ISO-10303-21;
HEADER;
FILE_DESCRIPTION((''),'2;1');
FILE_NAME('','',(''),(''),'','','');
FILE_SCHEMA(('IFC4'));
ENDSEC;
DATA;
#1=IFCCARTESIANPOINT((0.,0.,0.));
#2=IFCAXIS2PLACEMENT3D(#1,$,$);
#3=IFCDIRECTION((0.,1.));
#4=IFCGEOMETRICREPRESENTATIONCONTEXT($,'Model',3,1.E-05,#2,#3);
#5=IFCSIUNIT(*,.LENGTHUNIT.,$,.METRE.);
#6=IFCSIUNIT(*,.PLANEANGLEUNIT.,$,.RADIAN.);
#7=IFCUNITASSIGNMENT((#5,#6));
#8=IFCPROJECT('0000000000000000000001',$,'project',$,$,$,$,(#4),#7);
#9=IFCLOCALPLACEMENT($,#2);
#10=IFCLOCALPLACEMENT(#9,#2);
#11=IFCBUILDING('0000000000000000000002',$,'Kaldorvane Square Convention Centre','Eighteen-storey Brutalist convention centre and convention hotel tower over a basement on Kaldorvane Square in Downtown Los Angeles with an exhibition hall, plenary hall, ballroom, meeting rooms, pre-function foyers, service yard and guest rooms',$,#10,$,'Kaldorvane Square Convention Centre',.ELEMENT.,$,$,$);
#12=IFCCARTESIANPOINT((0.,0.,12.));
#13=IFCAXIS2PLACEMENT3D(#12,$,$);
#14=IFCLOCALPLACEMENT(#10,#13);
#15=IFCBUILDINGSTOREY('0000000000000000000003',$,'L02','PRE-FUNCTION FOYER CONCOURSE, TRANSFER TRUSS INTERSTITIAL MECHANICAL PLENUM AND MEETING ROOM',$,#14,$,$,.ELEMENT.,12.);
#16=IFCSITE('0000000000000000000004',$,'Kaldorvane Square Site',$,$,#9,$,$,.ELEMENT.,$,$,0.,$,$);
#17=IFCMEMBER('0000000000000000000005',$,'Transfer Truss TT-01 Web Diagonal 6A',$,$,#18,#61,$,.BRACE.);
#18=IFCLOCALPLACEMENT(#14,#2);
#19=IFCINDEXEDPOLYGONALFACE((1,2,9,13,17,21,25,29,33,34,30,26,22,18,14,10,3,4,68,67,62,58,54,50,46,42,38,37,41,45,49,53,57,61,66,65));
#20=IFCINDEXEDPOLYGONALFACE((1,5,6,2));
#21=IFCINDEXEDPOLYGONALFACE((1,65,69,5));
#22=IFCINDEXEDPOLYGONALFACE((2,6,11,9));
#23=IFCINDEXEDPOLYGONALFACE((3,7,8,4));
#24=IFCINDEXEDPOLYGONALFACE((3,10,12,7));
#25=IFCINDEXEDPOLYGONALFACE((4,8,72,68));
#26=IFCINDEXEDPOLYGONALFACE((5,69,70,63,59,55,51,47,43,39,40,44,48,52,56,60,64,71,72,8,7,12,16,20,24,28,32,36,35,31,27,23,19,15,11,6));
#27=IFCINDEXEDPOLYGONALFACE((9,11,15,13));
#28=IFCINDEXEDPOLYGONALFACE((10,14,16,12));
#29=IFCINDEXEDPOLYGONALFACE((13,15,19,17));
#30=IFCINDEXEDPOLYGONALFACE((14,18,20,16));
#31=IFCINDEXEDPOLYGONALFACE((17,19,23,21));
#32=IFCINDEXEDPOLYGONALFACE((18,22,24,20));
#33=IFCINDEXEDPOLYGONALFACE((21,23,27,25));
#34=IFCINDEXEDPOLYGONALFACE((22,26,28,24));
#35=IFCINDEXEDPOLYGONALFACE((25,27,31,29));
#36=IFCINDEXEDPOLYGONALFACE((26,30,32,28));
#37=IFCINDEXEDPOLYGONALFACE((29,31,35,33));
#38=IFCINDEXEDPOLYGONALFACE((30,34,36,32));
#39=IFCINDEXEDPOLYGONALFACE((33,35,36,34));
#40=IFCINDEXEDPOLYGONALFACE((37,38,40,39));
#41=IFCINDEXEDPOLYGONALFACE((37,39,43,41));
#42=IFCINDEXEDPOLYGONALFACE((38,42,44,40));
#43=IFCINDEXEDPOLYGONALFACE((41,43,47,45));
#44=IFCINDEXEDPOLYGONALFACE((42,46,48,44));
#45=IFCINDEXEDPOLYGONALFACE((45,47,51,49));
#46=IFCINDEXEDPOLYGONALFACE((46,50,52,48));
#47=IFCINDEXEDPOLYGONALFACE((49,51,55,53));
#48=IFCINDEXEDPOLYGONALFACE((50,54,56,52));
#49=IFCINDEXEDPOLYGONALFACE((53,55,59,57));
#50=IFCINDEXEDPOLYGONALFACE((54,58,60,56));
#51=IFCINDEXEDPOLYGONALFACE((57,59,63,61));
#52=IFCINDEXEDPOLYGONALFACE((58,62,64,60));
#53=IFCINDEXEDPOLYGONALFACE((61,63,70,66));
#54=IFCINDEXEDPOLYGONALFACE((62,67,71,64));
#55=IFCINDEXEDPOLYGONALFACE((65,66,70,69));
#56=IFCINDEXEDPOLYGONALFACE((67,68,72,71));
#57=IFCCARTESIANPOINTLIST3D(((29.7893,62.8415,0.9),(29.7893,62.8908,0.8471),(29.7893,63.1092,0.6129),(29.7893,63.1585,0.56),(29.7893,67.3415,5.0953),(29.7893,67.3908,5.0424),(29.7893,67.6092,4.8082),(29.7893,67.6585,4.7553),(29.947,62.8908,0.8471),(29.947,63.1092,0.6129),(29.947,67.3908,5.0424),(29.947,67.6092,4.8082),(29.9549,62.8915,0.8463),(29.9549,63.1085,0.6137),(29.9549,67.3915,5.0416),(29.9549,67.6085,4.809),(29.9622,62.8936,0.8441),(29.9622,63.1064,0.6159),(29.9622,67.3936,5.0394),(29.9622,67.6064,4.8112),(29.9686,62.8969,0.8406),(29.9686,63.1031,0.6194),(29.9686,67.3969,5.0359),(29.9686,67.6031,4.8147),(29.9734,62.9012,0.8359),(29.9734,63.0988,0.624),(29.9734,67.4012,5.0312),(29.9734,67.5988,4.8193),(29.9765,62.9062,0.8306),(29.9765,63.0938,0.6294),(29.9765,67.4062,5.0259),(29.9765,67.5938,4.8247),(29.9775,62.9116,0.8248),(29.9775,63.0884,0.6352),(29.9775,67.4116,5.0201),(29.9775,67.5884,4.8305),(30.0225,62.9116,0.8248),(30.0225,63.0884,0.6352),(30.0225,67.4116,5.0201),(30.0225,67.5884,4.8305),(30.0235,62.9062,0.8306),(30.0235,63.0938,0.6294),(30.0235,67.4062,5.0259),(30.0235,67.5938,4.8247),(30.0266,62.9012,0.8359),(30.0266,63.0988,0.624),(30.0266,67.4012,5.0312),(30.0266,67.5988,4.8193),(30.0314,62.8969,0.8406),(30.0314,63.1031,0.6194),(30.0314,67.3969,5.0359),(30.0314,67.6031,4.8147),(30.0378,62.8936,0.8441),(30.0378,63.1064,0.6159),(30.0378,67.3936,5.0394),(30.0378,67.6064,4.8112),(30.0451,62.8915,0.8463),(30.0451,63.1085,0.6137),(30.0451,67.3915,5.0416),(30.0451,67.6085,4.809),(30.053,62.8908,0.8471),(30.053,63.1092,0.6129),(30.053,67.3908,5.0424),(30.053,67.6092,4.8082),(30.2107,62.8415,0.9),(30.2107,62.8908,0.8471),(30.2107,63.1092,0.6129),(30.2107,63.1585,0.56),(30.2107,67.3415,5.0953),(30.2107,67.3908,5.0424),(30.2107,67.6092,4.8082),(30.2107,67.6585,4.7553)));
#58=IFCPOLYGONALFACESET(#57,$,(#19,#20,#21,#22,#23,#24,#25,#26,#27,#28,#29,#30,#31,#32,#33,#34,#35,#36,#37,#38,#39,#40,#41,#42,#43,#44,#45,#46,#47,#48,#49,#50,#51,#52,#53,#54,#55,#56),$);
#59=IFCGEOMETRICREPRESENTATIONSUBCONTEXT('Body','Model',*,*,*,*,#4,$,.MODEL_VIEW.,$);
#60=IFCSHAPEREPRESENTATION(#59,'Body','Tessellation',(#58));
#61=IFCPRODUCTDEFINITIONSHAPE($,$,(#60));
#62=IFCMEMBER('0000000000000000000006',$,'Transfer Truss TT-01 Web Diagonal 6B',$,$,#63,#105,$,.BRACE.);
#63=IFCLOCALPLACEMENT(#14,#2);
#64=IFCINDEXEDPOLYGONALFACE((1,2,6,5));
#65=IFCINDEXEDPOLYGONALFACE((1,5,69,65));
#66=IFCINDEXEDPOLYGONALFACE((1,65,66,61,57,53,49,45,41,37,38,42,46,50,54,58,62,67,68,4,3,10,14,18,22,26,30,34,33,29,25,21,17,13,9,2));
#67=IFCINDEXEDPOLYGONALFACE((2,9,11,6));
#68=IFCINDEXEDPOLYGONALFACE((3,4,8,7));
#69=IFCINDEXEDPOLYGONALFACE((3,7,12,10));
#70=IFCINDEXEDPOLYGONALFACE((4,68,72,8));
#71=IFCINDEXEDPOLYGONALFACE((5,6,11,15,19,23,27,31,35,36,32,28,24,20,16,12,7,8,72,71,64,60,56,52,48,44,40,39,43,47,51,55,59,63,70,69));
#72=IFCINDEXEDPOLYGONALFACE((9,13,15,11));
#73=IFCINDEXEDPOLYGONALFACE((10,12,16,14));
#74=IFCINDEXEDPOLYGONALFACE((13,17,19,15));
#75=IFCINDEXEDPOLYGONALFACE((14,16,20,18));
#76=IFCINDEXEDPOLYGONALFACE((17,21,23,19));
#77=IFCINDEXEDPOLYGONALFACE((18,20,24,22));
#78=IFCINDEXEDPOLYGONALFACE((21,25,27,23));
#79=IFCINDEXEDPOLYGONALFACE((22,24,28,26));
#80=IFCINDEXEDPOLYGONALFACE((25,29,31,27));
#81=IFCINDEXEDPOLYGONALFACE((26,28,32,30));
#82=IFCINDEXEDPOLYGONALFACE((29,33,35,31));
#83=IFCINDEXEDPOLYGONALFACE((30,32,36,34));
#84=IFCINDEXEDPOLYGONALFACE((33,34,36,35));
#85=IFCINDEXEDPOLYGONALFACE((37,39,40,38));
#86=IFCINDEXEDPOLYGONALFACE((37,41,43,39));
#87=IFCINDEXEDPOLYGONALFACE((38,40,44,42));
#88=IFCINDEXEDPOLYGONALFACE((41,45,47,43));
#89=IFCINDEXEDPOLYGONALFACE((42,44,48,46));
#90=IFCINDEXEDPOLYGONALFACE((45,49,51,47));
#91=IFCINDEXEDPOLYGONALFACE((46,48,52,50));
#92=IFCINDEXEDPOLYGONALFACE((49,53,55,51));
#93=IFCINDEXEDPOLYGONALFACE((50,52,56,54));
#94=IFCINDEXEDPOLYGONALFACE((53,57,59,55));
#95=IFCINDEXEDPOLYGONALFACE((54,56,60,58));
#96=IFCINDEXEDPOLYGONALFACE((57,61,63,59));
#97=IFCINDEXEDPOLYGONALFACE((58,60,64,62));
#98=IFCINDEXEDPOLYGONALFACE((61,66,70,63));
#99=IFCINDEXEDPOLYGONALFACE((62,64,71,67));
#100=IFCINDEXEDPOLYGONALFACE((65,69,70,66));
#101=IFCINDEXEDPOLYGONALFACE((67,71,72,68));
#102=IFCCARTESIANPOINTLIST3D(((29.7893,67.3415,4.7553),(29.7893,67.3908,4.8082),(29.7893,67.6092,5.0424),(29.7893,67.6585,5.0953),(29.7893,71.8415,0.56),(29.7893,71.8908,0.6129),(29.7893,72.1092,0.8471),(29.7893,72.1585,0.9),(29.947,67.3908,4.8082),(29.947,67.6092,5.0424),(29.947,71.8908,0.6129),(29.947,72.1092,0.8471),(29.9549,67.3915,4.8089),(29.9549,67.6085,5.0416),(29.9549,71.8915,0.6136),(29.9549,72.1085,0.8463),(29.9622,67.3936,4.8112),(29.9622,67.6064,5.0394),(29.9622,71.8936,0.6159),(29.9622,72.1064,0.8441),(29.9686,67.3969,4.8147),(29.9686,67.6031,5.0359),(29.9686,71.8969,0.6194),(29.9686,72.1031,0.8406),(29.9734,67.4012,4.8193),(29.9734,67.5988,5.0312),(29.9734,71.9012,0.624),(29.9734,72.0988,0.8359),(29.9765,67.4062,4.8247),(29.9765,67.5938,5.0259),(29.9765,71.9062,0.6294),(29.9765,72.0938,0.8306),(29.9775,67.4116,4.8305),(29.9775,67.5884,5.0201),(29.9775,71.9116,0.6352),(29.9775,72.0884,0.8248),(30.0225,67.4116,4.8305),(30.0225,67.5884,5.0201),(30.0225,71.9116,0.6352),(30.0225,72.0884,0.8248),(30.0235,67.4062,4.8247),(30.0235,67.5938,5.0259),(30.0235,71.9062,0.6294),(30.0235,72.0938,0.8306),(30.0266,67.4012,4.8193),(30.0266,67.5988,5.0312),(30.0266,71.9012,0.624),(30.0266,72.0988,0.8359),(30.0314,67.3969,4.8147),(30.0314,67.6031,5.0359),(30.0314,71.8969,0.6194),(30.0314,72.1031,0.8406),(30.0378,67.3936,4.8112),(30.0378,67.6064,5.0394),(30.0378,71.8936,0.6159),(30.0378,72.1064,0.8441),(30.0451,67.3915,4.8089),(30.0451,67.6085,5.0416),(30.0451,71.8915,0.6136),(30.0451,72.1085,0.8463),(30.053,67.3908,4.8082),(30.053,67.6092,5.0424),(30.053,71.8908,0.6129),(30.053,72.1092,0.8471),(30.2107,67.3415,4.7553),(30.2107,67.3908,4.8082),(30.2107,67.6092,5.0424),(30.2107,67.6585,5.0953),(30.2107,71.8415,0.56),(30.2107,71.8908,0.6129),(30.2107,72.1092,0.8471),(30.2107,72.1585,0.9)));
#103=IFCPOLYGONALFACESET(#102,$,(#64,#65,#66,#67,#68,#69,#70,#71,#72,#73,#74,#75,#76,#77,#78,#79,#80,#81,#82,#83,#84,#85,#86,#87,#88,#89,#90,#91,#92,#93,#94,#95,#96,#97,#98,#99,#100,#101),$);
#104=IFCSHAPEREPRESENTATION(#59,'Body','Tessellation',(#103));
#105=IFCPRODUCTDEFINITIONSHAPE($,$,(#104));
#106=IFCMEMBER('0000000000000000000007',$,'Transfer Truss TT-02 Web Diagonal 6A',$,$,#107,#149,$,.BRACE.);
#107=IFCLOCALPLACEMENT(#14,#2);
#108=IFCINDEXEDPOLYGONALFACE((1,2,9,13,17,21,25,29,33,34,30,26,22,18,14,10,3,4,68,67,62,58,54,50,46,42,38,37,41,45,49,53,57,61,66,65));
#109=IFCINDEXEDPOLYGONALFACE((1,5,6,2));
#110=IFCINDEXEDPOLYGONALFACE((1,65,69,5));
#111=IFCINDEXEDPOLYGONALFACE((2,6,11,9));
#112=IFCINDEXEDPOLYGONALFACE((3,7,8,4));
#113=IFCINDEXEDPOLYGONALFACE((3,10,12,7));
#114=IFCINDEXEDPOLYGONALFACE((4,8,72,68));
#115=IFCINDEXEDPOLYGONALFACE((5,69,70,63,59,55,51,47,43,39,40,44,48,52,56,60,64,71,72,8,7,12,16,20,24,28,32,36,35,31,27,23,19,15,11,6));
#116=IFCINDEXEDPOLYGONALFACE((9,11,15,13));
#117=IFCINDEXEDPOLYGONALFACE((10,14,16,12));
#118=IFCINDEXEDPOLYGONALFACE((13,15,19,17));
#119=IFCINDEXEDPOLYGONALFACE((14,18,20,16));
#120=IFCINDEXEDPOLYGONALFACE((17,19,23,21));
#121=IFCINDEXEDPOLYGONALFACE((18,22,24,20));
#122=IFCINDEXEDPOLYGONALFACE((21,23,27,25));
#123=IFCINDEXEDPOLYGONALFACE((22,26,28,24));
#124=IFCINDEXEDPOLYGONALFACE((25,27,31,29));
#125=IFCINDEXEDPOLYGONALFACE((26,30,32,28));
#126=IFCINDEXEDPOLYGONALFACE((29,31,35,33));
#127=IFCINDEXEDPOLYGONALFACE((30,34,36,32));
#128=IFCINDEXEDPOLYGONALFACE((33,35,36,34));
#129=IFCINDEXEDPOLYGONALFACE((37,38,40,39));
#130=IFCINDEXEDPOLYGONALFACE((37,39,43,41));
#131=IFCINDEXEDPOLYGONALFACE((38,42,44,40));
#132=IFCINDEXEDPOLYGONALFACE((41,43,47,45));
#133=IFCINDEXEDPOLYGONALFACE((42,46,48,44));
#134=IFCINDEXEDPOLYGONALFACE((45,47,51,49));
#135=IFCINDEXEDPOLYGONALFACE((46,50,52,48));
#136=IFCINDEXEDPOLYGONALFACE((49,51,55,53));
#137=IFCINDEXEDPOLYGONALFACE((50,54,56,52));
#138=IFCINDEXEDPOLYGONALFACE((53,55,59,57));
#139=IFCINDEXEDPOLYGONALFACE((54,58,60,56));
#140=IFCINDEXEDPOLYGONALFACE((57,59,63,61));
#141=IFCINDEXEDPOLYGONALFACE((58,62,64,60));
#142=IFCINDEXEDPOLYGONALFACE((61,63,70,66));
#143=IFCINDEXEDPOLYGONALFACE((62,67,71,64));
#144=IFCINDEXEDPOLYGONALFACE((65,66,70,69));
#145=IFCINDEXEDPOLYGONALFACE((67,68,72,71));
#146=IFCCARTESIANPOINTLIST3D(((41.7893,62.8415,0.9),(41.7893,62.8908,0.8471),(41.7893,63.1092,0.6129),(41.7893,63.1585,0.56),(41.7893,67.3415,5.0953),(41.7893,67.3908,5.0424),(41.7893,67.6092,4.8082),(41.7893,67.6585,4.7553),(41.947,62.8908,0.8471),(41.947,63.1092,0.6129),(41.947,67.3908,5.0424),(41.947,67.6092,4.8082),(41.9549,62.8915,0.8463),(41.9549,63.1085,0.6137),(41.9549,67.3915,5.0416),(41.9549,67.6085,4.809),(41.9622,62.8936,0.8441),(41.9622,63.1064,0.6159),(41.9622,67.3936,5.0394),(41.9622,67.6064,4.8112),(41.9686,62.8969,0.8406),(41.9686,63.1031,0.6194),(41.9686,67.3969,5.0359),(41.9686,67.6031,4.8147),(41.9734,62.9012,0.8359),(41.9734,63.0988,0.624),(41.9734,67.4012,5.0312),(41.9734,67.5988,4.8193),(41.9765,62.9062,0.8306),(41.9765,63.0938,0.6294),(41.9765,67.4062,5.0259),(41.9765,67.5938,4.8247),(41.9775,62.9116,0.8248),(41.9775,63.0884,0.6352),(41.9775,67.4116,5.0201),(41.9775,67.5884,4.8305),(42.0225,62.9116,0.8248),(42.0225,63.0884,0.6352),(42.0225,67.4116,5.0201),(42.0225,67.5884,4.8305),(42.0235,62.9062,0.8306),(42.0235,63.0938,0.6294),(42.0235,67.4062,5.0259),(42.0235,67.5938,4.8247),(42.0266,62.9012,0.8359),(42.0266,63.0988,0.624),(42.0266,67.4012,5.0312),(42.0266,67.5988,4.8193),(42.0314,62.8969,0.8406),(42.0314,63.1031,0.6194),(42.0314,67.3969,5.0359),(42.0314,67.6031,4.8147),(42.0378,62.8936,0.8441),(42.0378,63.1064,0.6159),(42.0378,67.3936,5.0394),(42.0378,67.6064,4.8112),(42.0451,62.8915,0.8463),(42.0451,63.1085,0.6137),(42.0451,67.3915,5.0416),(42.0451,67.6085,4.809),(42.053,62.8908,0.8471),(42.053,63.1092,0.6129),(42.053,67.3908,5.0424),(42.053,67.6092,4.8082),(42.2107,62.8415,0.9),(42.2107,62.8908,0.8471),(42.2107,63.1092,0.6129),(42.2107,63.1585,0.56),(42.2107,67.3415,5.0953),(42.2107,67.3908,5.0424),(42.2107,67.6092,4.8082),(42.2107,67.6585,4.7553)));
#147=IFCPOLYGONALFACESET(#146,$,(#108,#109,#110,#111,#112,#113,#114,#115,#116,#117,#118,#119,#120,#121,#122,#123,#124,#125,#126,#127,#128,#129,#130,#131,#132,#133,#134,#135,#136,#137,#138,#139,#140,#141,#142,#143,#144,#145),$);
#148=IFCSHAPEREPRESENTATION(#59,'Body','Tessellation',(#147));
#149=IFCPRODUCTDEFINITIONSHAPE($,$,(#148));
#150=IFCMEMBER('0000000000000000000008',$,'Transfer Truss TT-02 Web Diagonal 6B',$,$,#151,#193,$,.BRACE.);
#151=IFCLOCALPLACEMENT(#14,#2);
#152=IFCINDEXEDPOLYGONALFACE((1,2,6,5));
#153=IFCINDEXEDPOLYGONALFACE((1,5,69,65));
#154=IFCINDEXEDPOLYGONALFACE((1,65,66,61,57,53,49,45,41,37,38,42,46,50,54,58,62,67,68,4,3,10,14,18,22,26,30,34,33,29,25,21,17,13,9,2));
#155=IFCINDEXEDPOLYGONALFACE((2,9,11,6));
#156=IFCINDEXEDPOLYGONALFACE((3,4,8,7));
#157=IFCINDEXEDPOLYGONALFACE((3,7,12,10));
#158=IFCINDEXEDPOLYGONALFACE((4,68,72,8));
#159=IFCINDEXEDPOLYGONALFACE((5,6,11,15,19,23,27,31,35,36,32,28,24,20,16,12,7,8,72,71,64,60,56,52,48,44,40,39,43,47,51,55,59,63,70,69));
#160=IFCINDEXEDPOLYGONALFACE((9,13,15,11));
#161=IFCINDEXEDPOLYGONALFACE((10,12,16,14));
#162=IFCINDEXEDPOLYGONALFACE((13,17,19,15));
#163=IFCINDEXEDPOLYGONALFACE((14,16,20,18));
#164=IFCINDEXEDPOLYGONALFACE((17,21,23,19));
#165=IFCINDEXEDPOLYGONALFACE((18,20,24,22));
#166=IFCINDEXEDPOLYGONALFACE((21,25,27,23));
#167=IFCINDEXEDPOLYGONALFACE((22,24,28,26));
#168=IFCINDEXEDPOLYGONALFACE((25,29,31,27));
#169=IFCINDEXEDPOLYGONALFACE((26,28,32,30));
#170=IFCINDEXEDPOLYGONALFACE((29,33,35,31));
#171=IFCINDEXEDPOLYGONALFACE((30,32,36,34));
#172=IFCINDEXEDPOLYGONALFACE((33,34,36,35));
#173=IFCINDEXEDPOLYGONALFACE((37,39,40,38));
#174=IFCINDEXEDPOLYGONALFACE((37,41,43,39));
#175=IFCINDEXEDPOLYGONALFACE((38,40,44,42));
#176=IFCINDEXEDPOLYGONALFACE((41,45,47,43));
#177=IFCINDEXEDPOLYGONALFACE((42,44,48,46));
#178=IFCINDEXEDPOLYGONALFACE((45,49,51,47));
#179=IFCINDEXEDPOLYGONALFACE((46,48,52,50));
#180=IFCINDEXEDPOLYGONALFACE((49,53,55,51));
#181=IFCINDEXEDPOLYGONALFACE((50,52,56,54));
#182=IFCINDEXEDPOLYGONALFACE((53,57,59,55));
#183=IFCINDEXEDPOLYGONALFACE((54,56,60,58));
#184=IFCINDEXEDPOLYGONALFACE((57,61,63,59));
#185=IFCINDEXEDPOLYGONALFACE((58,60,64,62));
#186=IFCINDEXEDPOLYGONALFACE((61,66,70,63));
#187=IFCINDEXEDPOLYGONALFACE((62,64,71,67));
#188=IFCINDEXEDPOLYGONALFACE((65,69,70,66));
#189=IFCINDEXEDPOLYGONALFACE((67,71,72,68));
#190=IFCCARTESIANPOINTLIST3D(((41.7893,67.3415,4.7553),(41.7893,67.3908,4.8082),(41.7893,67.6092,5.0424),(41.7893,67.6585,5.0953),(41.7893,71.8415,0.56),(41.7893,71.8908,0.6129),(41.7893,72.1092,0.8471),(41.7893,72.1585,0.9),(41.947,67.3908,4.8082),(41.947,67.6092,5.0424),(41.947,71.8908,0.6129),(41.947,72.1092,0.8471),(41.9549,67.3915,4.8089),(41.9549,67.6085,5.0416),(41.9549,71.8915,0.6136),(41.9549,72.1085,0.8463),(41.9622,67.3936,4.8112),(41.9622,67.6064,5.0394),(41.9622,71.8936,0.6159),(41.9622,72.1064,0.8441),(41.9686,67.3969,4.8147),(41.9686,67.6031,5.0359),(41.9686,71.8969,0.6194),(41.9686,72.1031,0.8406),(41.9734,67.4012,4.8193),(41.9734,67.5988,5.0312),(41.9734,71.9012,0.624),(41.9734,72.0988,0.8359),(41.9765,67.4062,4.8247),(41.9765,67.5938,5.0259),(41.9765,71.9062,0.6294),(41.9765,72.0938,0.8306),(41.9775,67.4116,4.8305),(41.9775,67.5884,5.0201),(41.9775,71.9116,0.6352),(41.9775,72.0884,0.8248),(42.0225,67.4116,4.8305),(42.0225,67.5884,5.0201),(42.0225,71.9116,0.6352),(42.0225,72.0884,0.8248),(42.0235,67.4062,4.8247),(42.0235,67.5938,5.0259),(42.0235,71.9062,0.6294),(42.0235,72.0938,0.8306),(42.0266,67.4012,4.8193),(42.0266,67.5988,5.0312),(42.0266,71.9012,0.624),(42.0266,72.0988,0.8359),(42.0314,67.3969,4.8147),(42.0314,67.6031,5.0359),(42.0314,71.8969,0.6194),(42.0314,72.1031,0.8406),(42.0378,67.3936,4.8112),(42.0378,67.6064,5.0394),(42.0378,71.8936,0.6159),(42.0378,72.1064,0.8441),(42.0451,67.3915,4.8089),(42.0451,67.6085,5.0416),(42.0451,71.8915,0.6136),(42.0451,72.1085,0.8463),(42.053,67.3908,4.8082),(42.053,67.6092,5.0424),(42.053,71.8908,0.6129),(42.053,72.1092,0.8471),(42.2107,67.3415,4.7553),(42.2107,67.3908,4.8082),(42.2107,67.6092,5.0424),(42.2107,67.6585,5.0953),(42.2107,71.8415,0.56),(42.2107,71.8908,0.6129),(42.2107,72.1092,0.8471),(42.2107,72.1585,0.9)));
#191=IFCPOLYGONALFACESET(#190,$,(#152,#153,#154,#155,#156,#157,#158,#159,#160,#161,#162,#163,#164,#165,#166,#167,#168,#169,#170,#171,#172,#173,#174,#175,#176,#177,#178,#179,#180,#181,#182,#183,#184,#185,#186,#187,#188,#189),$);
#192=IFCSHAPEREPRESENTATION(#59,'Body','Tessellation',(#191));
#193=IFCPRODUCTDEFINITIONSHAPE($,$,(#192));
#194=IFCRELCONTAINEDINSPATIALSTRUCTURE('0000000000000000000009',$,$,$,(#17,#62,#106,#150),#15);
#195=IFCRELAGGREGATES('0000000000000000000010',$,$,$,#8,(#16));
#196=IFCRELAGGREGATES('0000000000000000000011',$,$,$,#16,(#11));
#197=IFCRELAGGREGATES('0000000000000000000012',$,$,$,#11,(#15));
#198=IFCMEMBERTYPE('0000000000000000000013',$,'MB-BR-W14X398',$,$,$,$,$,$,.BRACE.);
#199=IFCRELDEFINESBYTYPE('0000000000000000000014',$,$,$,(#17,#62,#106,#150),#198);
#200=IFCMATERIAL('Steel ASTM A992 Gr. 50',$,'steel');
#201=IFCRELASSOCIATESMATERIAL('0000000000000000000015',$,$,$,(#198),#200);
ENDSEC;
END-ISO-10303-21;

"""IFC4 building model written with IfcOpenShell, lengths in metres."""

from ifc_helpers import new_model, si_unit, direction, frame, origin, origin_2d, place, context, subcontext, project, spatial, i_section, extrude, material, material_profile, profile_set, type_object, element, save


model = new_model("IFC4")

# Units and contexts
model_context = context("Model", 3, precision=1e-05, world=origin(), true_north=direction((0.0, 1.0)))
body_context = subcontext(model_context, "Body", "Model", "MODEL_VIEW")
ifc_project = project(units=[si_unit("LENGTHUNIT", "METRE"), si_unit("PLANEANGLEUNIT", "RADIAN")], contexts=[model_context])

# Site, building, storey
site_placement = place(None, origin())
site = spatial("IfcSite", under=ifc_project, at=site_placement, Name="Kaldorvane Square Site", CompositionType="ELEMENT", RefElevation=0.0)
building_placement = place(site_placement, origin())
building = spatial("IfcBuilding", under=site, at=building_placement, Name="Kaldorvane Square Convention Centre", Description="Eighteen-storey Brutalist convention centre and convention hotel tower over a basement on Kaldorvane Square in Downtown Los Angeles with an exhibition hall, plenary hall, ballroom, meeting rooms, pre-function foyers, service yard and guest rooms", LongName="Kaldorvane Square Convention Centre", CompositionType="ELEMENT")
storey_placement = place(building_placement, frame((0.0, 0.0, 12.0)))
storey = spatial("IfcBuildingStorey", under=building, at=storey_placement, Name="L02", Description="PRE-FUNCTION FOYER CONCOURSE, TRANSFER TRUSS INTERSTITIAL MECHANICAL PLENUM AND MEETING ROOM", CompositionType="ELEMENT", Elevation=12.0)

# Shared definitions
ifc_material = material(Name="Steel ASTM A992 Gr. 50", Category="steel")

# Members
ifc_material_profile_1 = material_profile(ifc_material, i_section(OverallWidth=0.4214, OverallDepth=0.4648, WebThickness=0.045, FlangeThickness=0.0723, FilletRadius=0.0305, at=origin_2d()), Name="W14X398")
ifc_profile_set_1 = profile_set([ifc_material_profile_1], Name="Steel ASTM A992 Gr. 50")
member_type_1 = type_object("IfcMemberType", Name="MB-BR-W14X398", PredefinedType="BRACE", material=ifc_profile_set_1)
for number, where, z_axis, x_axis, name in (
    (1, (30.0, 63.0, 0.73), (0.0, 0.731436, 0.68191), (-1.0, 0.0, 0.0), "Transfer Truss TT-01 Web Diagonal 6A"),
    (2, (30.0, 67.5, 4.9253), (0.0, 0.731436, -0.68191), (-1.0, 0.0, 0.0), "Transfer Truss TT-01 Web Diagonal 6B"),
    (3, (42.0, 63.0, 0.73), (0.0, 0.731436, 0.68191), (-1.0, 0.0, 0.0), "Transfer Truss TT-02 Web Diagonal 6A"),
    (4, (42.0, 67.5, 4.9253), (0.0, 0.731436, -0.68191), (-1.0, 0.0, 0.0), "Transfer Truss TT-02 Web Diagonal 6B"),
):
    element("IfcMember", number, at=place(storey_placement, frame(where, z_axis=z_axis, x_axis=x_axis)), inside=storey, type_object=member_type_1, Name=name, PredefinedType="BRACE", context=body_context, shape_type="SweptSolid", body=[
        extrude(i_section(OverallWidth=0.4214, OverallDepth=0.4648, WebThickness=0.045, FlangeThickness=0.0723, FilletRadius=0.0305, at=origin_2d()), origin(), (0.0, 0.0, 1.0), 6.1523),
    ])

save(model, "model.ifc")
